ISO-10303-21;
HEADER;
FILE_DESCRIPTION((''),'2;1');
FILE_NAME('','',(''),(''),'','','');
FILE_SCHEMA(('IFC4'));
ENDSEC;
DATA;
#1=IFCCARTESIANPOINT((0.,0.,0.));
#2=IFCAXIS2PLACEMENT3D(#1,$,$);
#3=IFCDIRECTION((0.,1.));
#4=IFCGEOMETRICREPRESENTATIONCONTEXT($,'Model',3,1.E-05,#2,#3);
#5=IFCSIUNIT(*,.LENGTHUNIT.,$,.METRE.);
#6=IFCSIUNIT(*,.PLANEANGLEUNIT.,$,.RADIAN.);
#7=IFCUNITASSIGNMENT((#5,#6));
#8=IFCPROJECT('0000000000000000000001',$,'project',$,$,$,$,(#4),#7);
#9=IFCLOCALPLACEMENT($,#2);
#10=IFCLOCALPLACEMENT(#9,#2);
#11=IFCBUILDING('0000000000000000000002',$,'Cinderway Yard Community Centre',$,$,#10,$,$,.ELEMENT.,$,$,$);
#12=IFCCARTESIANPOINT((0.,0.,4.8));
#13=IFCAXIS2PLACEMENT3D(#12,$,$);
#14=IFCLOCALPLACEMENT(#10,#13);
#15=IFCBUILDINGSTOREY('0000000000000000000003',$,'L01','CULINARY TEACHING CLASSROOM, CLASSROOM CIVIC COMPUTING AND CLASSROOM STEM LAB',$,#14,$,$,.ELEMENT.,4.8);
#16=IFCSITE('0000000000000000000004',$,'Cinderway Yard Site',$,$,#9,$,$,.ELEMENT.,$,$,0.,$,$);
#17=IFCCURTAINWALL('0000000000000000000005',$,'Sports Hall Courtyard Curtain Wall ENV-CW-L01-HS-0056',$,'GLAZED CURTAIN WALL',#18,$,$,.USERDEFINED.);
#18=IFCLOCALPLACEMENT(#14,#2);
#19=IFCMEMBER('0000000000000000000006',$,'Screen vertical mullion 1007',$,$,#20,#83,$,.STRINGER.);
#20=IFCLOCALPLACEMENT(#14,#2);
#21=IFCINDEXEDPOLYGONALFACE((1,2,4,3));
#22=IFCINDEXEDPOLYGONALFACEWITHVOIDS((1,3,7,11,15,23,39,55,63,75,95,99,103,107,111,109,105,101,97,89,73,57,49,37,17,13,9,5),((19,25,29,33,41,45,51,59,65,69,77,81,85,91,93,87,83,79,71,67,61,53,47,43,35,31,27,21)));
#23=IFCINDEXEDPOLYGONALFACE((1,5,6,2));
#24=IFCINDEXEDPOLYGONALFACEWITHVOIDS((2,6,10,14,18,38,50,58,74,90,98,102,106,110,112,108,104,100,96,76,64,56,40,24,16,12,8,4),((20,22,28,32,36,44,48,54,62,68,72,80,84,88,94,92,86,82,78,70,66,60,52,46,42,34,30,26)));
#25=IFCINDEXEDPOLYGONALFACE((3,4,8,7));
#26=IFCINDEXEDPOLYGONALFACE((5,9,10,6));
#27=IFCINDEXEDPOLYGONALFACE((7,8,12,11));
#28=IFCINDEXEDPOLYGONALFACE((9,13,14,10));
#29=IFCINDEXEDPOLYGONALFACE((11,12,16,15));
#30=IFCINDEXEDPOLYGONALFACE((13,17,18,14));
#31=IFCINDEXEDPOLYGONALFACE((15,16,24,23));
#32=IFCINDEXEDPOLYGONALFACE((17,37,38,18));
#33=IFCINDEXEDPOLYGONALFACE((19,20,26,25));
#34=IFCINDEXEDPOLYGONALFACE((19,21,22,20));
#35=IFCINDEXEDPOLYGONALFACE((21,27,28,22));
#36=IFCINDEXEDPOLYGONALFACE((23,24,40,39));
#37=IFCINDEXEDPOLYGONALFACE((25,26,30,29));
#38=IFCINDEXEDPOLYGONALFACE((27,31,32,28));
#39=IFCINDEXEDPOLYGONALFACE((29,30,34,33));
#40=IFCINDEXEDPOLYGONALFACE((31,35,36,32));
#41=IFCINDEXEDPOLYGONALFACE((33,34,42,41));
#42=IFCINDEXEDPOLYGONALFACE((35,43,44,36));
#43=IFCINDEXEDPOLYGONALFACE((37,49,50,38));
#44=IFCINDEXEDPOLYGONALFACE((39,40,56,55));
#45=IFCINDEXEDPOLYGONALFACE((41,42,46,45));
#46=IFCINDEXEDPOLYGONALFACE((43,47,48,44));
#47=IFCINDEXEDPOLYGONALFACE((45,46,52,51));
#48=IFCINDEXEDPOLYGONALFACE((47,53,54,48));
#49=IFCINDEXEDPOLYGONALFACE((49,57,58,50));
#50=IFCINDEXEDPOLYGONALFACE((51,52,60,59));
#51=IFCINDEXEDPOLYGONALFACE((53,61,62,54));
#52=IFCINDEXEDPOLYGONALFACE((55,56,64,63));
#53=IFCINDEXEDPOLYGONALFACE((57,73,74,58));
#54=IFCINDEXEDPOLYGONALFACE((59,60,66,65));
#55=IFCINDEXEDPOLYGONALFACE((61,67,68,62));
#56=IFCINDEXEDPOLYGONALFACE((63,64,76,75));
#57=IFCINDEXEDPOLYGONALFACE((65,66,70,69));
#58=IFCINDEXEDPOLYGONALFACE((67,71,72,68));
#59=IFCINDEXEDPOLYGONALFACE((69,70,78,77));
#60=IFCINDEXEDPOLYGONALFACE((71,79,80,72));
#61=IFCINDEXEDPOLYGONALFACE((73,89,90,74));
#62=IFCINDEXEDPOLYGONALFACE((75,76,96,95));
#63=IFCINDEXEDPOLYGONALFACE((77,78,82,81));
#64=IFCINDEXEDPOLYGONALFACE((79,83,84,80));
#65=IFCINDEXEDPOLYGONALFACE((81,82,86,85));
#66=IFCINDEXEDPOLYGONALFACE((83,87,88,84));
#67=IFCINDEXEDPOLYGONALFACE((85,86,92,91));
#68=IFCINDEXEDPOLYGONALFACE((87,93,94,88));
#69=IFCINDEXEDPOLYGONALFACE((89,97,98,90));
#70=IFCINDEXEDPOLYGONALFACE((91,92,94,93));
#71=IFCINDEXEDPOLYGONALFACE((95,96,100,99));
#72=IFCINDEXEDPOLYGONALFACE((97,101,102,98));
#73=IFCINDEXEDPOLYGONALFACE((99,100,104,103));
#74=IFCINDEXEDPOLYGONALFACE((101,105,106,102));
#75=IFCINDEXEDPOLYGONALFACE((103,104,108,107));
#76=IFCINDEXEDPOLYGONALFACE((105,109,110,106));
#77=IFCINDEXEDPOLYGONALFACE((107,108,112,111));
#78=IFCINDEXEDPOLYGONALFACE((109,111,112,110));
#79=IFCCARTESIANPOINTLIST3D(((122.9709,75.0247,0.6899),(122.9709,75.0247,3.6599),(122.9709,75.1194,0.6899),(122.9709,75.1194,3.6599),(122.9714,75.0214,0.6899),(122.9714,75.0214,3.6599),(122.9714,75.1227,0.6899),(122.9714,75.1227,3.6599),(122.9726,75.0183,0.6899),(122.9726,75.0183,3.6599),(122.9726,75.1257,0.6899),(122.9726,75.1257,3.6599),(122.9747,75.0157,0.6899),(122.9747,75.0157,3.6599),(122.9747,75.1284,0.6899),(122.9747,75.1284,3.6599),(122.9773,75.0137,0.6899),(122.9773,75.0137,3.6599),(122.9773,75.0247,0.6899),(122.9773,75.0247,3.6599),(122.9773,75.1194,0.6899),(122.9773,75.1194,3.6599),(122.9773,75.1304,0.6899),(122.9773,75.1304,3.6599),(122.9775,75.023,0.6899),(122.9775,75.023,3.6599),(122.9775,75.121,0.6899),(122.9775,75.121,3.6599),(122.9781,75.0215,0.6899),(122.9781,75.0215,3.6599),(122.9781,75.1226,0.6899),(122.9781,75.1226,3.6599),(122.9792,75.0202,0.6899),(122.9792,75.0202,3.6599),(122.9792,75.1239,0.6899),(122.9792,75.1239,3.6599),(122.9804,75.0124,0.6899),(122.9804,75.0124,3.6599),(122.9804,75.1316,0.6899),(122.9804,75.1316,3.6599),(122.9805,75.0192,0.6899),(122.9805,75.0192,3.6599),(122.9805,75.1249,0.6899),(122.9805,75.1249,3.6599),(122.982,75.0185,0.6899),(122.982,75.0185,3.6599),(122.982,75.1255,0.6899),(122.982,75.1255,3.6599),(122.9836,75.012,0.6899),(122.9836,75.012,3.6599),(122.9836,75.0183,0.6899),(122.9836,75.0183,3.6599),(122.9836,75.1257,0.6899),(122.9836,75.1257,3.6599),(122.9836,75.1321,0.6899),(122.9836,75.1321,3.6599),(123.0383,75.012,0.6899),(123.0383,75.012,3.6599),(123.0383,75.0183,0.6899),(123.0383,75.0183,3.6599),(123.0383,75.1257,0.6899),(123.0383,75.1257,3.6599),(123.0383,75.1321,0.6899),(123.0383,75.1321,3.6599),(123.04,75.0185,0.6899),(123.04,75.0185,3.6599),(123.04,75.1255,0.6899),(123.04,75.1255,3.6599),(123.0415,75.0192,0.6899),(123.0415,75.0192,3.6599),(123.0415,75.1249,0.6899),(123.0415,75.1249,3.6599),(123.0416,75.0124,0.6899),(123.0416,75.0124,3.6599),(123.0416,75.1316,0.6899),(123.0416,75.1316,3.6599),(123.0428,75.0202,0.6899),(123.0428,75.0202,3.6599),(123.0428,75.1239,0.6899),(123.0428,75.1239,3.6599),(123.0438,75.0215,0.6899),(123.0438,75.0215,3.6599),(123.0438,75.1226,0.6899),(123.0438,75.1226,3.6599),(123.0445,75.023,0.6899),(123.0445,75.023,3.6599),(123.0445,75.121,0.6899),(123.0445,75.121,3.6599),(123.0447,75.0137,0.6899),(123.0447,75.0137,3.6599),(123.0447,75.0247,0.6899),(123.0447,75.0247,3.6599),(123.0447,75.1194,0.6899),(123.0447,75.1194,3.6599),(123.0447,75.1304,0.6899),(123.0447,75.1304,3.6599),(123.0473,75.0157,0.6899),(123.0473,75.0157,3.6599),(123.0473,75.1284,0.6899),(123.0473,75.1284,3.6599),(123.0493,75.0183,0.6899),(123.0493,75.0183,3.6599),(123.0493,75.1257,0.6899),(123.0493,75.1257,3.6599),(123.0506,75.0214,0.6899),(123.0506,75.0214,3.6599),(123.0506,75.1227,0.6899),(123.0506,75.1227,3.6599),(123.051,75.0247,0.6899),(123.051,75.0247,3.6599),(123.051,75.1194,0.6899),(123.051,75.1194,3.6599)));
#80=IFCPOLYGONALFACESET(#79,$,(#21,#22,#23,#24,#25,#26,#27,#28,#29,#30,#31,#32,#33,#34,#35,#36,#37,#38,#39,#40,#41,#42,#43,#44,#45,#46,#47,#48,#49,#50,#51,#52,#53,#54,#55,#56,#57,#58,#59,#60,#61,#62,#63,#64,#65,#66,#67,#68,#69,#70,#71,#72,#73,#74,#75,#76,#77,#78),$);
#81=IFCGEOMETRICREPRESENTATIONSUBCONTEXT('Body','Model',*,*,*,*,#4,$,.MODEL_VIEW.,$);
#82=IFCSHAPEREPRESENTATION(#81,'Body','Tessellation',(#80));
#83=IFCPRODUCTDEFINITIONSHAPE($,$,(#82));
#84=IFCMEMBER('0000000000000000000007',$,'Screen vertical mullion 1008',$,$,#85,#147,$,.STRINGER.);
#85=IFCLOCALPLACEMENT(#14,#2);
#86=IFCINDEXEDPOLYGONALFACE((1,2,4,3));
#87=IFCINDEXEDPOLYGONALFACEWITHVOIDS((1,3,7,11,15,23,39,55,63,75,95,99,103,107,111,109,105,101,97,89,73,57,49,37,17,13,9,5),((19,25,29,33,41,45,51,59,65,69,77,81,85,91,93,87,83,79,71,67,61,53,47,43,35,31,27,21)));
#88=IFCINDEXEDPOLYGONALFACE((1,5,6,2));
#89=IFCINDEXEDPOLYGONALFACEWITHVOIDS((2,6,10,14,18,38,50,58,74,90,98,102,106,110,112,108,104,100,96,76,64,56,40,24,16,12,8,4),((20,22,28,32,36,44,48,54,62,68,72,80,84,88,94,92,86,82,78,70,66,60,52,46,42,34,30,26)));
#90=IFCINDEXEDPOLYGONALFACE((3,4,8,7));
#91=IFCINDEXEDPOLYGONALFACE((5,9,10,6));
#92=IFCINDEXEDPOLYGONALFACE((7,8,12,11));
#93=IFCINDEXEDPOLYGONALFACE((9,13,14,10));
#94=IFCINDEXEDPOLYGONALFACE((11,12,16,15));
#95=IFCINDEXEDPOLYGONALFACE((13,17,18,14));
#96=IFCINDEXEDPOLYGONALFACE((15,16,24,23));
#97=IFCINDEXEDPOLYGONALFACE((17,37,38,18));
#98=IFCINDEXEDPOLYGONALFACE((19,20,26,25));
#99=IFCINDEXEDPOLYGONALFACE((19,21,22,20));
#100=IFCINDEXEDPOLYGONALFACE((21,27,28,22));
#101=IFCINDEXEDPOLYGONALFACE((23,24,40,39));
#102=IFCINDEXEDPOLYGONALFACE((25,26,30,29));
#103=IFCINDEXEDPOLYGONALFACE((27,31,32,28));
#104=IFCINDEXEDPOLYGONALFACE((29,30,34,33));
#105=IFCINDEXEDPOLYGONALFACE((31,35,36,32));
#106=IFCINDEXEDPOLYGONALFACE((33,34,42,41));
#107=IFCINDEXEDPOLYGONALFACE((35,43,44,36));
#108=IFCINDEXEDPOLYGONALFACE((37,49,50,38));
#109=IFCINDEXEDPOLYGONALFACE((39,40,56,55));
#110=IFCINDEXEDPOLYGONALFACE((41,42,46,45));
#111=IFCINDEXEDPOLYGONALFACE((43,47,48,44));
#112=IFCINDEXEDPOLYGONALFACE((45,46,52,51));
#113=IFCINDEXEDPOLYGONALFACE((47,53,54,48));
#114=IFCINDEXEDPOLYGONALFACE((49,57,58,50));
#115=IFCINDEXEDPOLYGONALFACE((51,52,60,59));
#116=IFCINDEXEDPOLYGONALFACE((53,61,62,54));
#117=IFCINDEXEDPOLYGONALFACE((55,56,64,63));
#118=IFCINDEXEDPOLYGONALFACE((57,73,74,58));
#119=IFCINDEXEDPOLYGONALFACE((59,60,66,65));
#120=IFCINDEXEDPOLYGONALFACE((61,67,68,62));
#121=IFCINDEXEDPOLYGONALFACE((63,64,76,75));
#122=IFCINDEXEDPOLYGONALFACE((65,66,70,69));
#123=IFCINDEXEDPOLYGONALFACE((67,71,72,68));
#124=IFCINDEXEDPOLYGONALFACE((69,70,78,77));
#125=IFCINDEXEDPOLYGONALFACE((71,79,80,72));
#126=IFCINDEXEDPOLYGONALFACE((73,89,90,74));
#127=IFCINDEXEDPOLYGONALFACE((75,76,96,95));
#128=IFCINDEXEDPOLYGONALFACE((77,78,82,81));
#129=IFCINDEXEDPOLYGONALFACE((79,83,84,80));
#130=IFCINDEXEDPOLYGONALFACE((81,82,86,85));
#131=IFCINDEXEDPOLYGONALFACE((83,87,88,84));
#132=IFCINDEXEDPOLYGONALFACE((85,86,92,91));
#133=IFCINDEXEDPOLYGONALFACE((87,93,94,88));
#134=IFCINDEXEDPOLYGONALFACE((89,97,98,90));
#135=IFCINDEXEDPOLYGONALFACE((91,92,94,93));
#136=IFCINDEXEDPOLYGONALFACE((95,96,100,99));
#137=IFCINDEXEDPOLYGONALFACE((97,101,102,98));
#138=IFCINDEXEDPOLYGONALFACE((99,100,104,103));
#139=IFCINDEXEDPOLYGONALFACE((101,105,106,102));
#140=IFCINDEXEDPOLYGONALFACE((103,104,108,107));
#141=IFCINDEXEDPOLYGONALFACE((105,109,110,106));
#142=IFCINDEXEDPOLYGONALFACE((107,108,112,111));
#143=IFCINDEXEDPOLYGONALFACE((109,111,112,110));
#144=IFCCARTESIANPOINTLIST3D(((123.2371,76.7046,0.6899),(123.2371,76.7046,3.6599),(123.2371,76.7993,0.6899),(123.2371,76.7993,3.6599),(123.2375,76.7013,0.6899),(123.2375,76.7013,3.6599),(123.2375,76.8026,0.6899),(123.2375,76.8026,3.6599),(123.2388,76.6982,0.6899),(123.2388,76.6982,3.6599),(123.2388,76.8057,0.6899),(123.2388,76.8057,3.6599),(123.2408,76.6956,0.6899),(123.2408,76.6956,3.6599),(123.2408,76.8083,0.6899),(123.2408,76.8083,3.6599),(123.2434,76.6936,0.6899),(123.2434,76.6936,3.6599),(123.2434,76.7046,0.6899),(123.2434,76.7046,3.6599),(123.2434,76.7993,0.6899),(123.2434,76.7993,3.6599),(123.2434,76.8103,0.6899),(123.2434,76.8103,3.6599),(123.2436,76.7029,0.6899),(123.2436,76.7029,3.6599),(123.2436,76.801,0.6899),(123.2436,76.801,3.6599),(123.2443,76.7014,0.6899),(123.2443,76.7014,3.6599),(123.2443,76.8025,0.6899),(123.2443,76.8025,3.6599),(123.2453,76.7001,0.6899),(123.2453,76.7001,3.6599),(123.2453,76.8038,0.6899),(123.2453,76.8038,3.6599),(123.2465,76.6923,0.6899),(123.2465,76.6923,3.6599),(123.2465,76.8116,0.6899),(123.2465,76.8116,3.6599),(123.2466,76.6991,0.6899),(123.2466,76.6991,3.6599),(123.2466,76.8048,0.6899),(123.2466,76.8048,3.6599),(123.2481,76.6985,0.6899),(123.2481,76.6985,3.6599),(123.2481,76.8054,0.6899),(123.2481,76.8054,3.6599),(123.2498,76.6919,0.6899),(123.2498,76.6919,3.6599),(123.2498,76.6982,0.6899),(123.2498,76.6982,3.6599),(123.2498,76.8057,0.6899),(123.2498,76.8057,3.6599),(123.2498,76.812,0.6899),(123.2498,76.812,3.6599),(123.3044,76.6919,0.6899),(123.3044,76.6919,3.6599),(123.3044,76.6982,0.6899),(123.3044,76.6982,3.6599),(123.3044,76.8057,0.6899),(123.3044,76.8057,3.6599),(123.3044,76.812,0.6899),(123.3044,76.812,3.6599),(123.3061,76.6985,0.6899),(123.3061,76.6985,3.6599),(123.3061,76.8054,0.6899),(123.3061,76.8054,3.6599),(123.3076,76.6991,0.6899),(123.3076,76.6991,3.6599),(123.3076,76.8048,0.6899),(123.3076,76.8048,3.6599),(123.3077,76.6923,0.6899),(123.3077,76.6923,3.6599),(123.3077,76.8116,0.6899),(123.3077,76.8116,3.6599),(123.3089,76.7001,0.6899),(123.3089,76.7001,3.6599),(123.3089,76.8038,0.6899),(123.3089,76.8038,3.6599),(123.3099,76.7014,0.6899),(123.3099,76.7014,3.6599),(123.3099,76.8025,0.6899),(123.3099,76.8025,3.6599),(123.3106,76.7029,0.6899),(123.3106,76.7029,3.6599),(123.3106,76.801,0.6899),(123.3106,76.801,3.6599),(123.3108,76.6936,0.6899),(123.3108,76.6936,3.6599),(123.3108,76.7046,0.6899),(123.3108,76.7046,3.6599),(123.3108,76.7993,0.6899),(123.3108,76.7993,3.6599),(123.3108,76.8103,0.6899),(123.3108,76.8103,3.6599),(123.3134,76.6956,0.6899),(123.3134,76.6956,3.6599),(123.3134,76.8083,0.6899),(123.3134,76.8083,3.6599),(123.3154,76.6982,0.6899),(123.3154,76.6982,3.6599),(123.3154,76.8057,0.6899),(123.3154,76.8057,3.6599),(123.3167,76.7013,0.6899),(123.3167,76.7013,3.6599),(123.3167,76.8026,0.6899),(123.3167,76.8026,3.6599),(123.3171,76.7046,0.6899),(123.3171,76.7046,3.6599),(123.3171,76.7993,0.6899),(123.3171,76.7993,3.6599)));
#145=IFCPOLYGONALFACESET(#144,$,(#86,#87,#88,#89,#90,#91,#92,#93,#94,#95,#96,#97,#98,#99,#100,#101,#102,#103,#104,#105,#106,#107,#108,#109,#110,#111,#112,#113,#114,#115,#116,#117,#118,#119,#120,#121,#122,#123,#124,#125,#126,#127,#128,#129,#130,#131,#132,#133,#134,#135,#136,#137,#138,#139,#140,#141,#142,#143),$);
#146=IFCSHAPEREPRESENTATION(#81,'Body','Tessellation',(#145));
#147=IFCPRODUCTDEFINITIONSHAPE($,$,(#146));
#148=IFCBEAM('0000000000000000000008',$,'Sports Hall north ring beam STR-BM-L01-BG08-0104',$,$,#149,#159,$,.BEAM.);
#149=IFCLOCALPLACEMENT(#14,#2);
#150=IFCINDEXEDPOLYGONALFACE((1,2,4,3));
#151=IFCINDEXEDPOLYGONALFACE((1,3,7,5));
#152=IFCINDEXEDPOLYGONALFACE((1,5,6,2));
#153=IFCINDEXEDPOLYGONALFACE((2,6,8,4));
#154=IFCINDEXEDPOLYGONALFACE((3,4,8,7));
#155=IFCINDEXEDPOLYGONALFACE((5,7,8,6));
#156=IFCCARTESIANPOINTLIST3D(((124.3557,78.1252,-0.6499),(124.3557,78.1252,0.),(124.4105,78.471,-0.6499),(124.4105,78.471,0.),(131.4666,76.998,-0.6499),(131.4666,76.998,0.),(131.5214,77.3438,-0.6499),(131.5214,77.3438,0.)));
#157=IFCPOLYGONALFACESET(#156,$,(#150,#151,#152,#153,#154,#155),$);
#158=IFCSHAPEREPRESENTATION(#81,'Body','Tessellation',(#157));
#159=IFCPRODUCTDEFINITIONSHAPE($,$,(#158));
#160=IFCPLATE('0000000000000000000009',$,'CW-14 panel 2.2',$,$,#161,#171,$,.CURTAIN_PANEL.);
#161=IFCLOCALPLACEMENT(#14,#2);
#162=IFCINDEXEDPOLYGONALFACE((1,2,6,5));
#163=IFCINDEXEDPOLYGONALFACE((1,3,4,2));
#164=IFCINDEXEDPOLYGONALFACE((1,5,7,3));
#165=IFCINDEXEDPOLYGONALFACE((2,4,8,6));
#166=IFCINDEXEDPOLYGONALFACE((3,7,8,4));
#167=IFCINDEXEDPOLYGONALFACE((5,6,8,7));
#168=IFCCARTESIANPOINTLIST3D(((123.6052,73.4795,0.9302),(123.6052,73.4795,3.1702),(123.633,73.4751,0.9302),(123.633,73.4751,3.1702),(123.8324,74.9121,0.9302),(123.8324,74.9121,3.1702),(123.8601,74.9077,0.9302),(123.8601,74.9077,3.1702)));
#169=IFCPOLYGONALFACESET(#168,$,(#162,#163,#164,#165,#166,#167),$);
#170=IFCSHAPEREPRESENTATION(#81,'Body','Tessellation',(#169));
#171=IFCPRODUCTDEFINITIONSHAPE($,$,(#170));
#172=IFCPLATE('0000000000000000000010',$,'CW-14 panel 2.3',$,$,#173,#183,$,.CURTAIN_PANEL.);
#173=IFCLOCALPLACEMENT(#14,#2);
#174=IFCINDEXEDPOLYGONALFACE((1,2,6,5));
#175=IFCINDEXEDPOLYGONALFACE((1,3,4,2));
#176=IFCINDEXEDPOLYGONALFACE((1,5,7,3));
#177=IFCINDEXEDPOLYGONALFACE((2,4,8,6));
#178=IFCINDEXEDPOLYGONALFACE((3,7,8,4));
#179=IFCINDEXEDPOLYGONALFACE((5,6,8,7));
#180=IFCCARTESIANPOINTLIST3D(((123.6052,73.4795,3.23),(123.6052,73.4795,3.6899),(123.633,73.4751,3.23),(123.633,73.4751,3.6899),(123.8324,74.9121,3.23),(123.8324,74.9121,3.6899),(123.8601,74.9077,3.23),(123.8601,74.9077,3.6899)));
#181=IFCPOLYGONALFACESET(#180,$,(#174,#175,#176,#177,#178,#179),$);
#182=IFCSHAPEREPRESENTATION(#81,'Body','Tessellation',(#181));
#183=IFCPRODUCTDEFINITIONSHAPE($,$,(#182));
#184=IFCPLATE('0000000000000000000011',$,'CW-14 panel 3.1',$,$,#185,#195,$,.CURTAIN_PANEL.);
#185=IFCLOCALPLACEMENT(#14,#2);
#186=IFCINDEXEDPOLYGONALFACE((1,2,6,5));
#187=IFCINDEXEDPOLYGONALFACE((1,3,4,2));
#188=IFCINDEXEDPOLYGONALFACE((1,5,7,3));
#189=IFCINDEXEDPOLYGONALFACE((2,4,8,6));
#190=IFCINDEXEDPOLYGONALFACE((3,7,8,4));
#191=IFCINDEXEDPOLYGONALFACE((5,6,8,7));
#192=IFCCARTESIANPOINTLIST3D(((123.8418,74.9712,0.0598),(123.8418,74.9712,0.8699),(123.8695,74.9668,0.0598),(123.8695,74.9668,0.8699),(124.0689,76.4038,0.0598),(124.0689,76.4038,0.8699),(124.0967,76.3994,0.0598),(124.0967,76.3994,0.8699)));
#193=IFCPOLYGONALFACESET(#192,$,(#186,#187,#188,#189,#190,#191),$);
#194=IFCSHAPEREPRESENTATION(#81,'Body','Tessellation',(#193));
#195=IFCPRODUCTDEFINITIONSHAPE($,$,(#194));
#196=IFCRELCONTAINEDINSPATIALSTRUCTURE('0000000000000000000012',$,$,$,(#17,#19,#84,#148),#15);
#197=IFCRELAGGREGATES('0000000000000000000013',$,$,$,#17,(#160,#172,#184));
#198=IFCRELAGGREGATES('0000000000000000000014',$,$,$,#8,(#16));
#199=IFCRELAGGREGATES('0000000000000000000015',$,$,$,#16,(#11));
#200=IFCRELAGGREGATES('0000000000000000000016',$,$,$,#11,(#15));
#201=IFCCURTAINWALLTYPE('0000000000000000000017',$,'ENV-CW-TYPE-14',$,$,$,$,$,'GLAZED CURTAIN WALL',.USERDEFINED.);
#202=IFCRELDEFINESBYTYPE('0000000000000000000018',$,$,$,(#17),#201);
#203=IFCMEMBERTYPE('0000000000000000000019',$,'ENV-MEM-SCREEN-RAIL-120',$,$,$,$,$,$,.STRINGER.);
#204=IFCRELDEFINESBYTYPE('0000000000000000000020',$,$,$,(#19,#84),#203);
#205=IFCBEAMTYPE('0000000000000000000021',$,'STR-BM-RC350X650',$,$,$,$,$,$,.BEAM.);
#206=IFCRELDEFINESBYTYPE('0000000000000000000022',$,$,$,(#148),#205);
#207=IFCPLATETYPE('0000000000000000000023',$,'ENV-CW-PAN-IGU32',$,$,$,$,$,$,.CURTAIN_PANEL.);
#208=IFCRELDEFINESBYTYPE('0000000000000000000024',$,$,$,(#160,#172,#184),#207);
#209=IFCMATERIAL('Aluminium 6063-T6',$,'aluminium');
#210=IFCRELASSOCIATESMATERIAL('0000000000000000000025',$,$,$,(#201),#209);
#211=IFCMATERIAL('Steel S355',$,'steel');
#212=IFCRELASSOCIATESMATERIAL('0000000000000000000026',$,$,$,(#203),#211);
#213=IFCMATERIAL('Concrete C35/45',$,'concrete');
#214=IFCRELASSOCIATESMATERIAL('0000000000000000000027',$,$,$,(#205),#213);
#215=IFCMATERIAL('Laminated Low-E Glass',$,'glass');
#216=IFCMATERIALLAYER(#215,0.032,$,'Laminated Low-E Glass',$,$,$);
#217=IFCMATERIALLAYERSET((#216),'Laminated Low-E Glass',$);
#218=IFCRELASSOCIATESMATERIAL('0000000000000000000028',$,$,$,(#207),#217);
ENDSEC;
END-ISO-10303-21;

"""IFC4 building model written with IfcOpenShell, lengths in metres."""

from ifc_helpers import new_model, si_unit, direction, frame, origin, origin_2d, place, context, subcontext, project, spatial, rectangle, hollow_rectangle, extrude, material, layer, layer_set, material_profile, profile_set, type_object, element, aggregate, save


model = new_model("IFC4")

# Units and contexts
model_context = context("Model", 3, precision=1e-05, world=origin(), true_north=direction((0.0, 1.0)))
body_context = subcontext(model_context, "Body", "Model", "MODEL_VIEW")
ifc_project = project(units=[si_unit("LENGTHUNIT", "METRE"), si_unit("PLANEANGLEUNIT", "RADIAN")], contexts=[model_context])

# Site, building, storey
site_placement = place(None, origin())
site = spatial("IfcSite", under=ifc_project, at=site_placement, Name="Cinderway Yard Site", CompositionType="ELEMENT", RefElevation=0.0)
building_placement = place(site_placement, origin())
building = spatial("IfcBuilding", under=site, at=building_placement, Name="Cinderway Yard Community Centre", CompositionType="ELEMENT")
storey_placement = place(building_placement, frame((0.0, 0.0, 4.8)))
storey = spatial("IfcBuildingStorey", under=building, at=storey_placement, Name="L01", Description="CULINARY TEACHING CLASSROOM, CLASSROOM CIVIC COMPUTING AND CLASSROOM STEM LAB", CompositionType="ELEMENT", Elevation=4.8)

# Curtain wall
ifc_material_1 = material(Name="Aluminium 6063-T6", Category="aluminium")
curtain_wall_type = type_object("IfcCurtainWallType", Name="ENV-CW-TYPE-14", ElementType="GLAZED CURTAIN WALL", PredefinedType="USERDEFINED", material=ifc_material_1)
curtain_wall_placement = place(storey_placement, origin())
curtain_wall = element("IfcCurtainWall", 1, at=curtain_wall_placement, inside=storey, type_object=curtain_wall_type, Name="Sports Hall Courtyard Curtain Wall ENV-CW-L01-HS-0056", ObjectType="GLAZED CURTAIN WALL", PredefinedType="USERDEFINED")

# Members
ifc_material_2 = material(Name="Steel S355", Category="steel")
ifc_material_profile_1 = material_profile(ifc_material_2, hollow_rectangle(XDim=0.0801, YDim=0.1201, WallThickness=0.0063, InnerFilletRadius=0.0063, OuterFilletRadius=0.0127, at=origin_2d()), Name="Steel S355")
ifc_profile_set_1 = profile_set([ifc_material_profile_1], Name="Steel S355")
member_type_1 = type_object("IfcMemberType", Name="ENV-MEM-SCREEN-RAIL-120", PredefinedType="STRINGER", material=ifc_profile_set_1)
for number, where, z_axis, x_axis, name in (
    (2, (123.011, 75.072, 0.6899), (0.0, 0.0, 1.0), (1.0, 0.0, 0.0), "Screen vertical mullion 1007"),
    (3, (123.2771, 76.752, 0.6899), (0.0, 0.0, 1.0), (1.0, 0.0, 0.0), "Screen vertical mullion 1008"),
):
    element("IfcMember", number, at=place(storey_placement, frame(where, z_axis=z_axis, x_axis=x_axis)), inside=storey, type_object=member_type_1, Name=name, PredefinedType="STRINGER", context=body_context, shape_type="SweptSolid", body=[
        extrude(hollow_rectangle(XDim=0.0801, YDim=0.1201, WallThickness=0.0063, InnerFilletRadius=0.0063, OuterFilletRadius=0.0127, at=origin_2d()), origin(), (0.0, 0.0, 1.0), 2.97),
    ])

# Beam
ifc_material_3 = material(Name="Concrete C35/45", Category="concrete")
ifc_material_profile_2 = material_profile(ifc_material_3, rectangle(XDim=0.3501, YDim=0.6499, at=origin_2d()), Name="Concrete C35/45")
ifc_profile_set_2 = profile_set([ifc_material_profile_2], Name="Concrete C35/45")
beam_type = type_object("IfcBeamType", Name="STR-BM-RC350X650", PredefinedType="BEAM", material=ifc_profile_set_2)
beam_placement = place(storey_placement, frame((124.3831, 78.2981, -0.325), z_axis=(0.987668, -0.156563, 0.0), x_axis=(0.156563, 0.987668, 0.0)))
element("IfcBeam", 4, at=beam_placement, inside=storey, type_object=beam_type, Name="Sports Hall north ring beam STR-BM-L01-BG08-0104", PredefinedType="BEAM", context=body_context, shape_type="SweptSolid", body=[
    extrude(rectangle(XDim=0.3501, YDim=0.6499, at=origin_2d()), origin(), (0.0, 0.0, 1.0), 7.1997),
])

# Plates
ifc_material_4 = material(Name="Laminated Low-E Glass", Category="glass")
ifc_layer_1 = layer(ifc_material_4, 0.032, Name="Laminated Low-E Glass")
ifc_layer_set_1 = layer_set([ifc_layer_1], Name="Laminated Low-E Glass")
plate_type_1 = type_object("IfcPlateType", Name="ENV-CW-PAN-IGU32", PredefinedType="CURTAIN_PANEL", material=ifc_layer_set_1)
plate_1_placement = place(storey_placement, frame((123.7327, 74.1936, 0.9302), z_axis=(0.0, 0.0, 1.0), x_axis=(0.156583, 0.987665, 0.0)))
plate_1 = element("IfcPlate", 5, at=plate_1_placement, type_object=plate_type_1, Name="CW-14 panel 2.2", PredefinedType="CURTAIN_PANEL", context=body_context, shape_type="SweptSolid", body=[
    extrude(rectangle(XDim=1.4504, YDim=0.0281, at=origin_2d()), origin(), (0.0, 0.0, 1.0), 2.24),
])
plate_2_placement = place(storey_placement, frame((123.7327, 74.1936, 3.23), z_axis=(0.0, 0.0, 1.0), x_axis=(0.156583, 0.987665, 0.0)))
plate_2 = element("IfcPlate", 6, at=plate_2_placement, type_object=plate_type_1, Name="CW-14 panel 2.3", PredefinedType="CURTAIN_PANEL", context=body_context, shape_type="SweptSolid", body=[
    extrude(rectangle(XDim=1.4504, YDim=0.0281, at=origin_2d()), origin(), (0.0, 0.0, 1.0), 0.46),
])
plate_3_placement = place(storey_placement, frame((123.9692, 75.6853, 0.0598), z_axis=(0.0, 0.0, 1.0), x_axis=(0.156583, 0.987665, 0.0)))
plate_3 = element("IfcPlate", 7, at=plate_3_placement, type_object=plate_type_1, Name="CW-14 panel 3.1", PredefinedType="CURTAIN_PANEL", context=body_context, shape_type="SweptSolid", body=[
    extrude(rectangle(XDim=1.4504, YDim=0.0281, at=origin_2d()), origin(), (0.0, 0.0, 1.0), 0.8101),
])
aggregate(curtain_wall, [plate_1, plate_2, plate_3])

save(model, "model.ifc")
